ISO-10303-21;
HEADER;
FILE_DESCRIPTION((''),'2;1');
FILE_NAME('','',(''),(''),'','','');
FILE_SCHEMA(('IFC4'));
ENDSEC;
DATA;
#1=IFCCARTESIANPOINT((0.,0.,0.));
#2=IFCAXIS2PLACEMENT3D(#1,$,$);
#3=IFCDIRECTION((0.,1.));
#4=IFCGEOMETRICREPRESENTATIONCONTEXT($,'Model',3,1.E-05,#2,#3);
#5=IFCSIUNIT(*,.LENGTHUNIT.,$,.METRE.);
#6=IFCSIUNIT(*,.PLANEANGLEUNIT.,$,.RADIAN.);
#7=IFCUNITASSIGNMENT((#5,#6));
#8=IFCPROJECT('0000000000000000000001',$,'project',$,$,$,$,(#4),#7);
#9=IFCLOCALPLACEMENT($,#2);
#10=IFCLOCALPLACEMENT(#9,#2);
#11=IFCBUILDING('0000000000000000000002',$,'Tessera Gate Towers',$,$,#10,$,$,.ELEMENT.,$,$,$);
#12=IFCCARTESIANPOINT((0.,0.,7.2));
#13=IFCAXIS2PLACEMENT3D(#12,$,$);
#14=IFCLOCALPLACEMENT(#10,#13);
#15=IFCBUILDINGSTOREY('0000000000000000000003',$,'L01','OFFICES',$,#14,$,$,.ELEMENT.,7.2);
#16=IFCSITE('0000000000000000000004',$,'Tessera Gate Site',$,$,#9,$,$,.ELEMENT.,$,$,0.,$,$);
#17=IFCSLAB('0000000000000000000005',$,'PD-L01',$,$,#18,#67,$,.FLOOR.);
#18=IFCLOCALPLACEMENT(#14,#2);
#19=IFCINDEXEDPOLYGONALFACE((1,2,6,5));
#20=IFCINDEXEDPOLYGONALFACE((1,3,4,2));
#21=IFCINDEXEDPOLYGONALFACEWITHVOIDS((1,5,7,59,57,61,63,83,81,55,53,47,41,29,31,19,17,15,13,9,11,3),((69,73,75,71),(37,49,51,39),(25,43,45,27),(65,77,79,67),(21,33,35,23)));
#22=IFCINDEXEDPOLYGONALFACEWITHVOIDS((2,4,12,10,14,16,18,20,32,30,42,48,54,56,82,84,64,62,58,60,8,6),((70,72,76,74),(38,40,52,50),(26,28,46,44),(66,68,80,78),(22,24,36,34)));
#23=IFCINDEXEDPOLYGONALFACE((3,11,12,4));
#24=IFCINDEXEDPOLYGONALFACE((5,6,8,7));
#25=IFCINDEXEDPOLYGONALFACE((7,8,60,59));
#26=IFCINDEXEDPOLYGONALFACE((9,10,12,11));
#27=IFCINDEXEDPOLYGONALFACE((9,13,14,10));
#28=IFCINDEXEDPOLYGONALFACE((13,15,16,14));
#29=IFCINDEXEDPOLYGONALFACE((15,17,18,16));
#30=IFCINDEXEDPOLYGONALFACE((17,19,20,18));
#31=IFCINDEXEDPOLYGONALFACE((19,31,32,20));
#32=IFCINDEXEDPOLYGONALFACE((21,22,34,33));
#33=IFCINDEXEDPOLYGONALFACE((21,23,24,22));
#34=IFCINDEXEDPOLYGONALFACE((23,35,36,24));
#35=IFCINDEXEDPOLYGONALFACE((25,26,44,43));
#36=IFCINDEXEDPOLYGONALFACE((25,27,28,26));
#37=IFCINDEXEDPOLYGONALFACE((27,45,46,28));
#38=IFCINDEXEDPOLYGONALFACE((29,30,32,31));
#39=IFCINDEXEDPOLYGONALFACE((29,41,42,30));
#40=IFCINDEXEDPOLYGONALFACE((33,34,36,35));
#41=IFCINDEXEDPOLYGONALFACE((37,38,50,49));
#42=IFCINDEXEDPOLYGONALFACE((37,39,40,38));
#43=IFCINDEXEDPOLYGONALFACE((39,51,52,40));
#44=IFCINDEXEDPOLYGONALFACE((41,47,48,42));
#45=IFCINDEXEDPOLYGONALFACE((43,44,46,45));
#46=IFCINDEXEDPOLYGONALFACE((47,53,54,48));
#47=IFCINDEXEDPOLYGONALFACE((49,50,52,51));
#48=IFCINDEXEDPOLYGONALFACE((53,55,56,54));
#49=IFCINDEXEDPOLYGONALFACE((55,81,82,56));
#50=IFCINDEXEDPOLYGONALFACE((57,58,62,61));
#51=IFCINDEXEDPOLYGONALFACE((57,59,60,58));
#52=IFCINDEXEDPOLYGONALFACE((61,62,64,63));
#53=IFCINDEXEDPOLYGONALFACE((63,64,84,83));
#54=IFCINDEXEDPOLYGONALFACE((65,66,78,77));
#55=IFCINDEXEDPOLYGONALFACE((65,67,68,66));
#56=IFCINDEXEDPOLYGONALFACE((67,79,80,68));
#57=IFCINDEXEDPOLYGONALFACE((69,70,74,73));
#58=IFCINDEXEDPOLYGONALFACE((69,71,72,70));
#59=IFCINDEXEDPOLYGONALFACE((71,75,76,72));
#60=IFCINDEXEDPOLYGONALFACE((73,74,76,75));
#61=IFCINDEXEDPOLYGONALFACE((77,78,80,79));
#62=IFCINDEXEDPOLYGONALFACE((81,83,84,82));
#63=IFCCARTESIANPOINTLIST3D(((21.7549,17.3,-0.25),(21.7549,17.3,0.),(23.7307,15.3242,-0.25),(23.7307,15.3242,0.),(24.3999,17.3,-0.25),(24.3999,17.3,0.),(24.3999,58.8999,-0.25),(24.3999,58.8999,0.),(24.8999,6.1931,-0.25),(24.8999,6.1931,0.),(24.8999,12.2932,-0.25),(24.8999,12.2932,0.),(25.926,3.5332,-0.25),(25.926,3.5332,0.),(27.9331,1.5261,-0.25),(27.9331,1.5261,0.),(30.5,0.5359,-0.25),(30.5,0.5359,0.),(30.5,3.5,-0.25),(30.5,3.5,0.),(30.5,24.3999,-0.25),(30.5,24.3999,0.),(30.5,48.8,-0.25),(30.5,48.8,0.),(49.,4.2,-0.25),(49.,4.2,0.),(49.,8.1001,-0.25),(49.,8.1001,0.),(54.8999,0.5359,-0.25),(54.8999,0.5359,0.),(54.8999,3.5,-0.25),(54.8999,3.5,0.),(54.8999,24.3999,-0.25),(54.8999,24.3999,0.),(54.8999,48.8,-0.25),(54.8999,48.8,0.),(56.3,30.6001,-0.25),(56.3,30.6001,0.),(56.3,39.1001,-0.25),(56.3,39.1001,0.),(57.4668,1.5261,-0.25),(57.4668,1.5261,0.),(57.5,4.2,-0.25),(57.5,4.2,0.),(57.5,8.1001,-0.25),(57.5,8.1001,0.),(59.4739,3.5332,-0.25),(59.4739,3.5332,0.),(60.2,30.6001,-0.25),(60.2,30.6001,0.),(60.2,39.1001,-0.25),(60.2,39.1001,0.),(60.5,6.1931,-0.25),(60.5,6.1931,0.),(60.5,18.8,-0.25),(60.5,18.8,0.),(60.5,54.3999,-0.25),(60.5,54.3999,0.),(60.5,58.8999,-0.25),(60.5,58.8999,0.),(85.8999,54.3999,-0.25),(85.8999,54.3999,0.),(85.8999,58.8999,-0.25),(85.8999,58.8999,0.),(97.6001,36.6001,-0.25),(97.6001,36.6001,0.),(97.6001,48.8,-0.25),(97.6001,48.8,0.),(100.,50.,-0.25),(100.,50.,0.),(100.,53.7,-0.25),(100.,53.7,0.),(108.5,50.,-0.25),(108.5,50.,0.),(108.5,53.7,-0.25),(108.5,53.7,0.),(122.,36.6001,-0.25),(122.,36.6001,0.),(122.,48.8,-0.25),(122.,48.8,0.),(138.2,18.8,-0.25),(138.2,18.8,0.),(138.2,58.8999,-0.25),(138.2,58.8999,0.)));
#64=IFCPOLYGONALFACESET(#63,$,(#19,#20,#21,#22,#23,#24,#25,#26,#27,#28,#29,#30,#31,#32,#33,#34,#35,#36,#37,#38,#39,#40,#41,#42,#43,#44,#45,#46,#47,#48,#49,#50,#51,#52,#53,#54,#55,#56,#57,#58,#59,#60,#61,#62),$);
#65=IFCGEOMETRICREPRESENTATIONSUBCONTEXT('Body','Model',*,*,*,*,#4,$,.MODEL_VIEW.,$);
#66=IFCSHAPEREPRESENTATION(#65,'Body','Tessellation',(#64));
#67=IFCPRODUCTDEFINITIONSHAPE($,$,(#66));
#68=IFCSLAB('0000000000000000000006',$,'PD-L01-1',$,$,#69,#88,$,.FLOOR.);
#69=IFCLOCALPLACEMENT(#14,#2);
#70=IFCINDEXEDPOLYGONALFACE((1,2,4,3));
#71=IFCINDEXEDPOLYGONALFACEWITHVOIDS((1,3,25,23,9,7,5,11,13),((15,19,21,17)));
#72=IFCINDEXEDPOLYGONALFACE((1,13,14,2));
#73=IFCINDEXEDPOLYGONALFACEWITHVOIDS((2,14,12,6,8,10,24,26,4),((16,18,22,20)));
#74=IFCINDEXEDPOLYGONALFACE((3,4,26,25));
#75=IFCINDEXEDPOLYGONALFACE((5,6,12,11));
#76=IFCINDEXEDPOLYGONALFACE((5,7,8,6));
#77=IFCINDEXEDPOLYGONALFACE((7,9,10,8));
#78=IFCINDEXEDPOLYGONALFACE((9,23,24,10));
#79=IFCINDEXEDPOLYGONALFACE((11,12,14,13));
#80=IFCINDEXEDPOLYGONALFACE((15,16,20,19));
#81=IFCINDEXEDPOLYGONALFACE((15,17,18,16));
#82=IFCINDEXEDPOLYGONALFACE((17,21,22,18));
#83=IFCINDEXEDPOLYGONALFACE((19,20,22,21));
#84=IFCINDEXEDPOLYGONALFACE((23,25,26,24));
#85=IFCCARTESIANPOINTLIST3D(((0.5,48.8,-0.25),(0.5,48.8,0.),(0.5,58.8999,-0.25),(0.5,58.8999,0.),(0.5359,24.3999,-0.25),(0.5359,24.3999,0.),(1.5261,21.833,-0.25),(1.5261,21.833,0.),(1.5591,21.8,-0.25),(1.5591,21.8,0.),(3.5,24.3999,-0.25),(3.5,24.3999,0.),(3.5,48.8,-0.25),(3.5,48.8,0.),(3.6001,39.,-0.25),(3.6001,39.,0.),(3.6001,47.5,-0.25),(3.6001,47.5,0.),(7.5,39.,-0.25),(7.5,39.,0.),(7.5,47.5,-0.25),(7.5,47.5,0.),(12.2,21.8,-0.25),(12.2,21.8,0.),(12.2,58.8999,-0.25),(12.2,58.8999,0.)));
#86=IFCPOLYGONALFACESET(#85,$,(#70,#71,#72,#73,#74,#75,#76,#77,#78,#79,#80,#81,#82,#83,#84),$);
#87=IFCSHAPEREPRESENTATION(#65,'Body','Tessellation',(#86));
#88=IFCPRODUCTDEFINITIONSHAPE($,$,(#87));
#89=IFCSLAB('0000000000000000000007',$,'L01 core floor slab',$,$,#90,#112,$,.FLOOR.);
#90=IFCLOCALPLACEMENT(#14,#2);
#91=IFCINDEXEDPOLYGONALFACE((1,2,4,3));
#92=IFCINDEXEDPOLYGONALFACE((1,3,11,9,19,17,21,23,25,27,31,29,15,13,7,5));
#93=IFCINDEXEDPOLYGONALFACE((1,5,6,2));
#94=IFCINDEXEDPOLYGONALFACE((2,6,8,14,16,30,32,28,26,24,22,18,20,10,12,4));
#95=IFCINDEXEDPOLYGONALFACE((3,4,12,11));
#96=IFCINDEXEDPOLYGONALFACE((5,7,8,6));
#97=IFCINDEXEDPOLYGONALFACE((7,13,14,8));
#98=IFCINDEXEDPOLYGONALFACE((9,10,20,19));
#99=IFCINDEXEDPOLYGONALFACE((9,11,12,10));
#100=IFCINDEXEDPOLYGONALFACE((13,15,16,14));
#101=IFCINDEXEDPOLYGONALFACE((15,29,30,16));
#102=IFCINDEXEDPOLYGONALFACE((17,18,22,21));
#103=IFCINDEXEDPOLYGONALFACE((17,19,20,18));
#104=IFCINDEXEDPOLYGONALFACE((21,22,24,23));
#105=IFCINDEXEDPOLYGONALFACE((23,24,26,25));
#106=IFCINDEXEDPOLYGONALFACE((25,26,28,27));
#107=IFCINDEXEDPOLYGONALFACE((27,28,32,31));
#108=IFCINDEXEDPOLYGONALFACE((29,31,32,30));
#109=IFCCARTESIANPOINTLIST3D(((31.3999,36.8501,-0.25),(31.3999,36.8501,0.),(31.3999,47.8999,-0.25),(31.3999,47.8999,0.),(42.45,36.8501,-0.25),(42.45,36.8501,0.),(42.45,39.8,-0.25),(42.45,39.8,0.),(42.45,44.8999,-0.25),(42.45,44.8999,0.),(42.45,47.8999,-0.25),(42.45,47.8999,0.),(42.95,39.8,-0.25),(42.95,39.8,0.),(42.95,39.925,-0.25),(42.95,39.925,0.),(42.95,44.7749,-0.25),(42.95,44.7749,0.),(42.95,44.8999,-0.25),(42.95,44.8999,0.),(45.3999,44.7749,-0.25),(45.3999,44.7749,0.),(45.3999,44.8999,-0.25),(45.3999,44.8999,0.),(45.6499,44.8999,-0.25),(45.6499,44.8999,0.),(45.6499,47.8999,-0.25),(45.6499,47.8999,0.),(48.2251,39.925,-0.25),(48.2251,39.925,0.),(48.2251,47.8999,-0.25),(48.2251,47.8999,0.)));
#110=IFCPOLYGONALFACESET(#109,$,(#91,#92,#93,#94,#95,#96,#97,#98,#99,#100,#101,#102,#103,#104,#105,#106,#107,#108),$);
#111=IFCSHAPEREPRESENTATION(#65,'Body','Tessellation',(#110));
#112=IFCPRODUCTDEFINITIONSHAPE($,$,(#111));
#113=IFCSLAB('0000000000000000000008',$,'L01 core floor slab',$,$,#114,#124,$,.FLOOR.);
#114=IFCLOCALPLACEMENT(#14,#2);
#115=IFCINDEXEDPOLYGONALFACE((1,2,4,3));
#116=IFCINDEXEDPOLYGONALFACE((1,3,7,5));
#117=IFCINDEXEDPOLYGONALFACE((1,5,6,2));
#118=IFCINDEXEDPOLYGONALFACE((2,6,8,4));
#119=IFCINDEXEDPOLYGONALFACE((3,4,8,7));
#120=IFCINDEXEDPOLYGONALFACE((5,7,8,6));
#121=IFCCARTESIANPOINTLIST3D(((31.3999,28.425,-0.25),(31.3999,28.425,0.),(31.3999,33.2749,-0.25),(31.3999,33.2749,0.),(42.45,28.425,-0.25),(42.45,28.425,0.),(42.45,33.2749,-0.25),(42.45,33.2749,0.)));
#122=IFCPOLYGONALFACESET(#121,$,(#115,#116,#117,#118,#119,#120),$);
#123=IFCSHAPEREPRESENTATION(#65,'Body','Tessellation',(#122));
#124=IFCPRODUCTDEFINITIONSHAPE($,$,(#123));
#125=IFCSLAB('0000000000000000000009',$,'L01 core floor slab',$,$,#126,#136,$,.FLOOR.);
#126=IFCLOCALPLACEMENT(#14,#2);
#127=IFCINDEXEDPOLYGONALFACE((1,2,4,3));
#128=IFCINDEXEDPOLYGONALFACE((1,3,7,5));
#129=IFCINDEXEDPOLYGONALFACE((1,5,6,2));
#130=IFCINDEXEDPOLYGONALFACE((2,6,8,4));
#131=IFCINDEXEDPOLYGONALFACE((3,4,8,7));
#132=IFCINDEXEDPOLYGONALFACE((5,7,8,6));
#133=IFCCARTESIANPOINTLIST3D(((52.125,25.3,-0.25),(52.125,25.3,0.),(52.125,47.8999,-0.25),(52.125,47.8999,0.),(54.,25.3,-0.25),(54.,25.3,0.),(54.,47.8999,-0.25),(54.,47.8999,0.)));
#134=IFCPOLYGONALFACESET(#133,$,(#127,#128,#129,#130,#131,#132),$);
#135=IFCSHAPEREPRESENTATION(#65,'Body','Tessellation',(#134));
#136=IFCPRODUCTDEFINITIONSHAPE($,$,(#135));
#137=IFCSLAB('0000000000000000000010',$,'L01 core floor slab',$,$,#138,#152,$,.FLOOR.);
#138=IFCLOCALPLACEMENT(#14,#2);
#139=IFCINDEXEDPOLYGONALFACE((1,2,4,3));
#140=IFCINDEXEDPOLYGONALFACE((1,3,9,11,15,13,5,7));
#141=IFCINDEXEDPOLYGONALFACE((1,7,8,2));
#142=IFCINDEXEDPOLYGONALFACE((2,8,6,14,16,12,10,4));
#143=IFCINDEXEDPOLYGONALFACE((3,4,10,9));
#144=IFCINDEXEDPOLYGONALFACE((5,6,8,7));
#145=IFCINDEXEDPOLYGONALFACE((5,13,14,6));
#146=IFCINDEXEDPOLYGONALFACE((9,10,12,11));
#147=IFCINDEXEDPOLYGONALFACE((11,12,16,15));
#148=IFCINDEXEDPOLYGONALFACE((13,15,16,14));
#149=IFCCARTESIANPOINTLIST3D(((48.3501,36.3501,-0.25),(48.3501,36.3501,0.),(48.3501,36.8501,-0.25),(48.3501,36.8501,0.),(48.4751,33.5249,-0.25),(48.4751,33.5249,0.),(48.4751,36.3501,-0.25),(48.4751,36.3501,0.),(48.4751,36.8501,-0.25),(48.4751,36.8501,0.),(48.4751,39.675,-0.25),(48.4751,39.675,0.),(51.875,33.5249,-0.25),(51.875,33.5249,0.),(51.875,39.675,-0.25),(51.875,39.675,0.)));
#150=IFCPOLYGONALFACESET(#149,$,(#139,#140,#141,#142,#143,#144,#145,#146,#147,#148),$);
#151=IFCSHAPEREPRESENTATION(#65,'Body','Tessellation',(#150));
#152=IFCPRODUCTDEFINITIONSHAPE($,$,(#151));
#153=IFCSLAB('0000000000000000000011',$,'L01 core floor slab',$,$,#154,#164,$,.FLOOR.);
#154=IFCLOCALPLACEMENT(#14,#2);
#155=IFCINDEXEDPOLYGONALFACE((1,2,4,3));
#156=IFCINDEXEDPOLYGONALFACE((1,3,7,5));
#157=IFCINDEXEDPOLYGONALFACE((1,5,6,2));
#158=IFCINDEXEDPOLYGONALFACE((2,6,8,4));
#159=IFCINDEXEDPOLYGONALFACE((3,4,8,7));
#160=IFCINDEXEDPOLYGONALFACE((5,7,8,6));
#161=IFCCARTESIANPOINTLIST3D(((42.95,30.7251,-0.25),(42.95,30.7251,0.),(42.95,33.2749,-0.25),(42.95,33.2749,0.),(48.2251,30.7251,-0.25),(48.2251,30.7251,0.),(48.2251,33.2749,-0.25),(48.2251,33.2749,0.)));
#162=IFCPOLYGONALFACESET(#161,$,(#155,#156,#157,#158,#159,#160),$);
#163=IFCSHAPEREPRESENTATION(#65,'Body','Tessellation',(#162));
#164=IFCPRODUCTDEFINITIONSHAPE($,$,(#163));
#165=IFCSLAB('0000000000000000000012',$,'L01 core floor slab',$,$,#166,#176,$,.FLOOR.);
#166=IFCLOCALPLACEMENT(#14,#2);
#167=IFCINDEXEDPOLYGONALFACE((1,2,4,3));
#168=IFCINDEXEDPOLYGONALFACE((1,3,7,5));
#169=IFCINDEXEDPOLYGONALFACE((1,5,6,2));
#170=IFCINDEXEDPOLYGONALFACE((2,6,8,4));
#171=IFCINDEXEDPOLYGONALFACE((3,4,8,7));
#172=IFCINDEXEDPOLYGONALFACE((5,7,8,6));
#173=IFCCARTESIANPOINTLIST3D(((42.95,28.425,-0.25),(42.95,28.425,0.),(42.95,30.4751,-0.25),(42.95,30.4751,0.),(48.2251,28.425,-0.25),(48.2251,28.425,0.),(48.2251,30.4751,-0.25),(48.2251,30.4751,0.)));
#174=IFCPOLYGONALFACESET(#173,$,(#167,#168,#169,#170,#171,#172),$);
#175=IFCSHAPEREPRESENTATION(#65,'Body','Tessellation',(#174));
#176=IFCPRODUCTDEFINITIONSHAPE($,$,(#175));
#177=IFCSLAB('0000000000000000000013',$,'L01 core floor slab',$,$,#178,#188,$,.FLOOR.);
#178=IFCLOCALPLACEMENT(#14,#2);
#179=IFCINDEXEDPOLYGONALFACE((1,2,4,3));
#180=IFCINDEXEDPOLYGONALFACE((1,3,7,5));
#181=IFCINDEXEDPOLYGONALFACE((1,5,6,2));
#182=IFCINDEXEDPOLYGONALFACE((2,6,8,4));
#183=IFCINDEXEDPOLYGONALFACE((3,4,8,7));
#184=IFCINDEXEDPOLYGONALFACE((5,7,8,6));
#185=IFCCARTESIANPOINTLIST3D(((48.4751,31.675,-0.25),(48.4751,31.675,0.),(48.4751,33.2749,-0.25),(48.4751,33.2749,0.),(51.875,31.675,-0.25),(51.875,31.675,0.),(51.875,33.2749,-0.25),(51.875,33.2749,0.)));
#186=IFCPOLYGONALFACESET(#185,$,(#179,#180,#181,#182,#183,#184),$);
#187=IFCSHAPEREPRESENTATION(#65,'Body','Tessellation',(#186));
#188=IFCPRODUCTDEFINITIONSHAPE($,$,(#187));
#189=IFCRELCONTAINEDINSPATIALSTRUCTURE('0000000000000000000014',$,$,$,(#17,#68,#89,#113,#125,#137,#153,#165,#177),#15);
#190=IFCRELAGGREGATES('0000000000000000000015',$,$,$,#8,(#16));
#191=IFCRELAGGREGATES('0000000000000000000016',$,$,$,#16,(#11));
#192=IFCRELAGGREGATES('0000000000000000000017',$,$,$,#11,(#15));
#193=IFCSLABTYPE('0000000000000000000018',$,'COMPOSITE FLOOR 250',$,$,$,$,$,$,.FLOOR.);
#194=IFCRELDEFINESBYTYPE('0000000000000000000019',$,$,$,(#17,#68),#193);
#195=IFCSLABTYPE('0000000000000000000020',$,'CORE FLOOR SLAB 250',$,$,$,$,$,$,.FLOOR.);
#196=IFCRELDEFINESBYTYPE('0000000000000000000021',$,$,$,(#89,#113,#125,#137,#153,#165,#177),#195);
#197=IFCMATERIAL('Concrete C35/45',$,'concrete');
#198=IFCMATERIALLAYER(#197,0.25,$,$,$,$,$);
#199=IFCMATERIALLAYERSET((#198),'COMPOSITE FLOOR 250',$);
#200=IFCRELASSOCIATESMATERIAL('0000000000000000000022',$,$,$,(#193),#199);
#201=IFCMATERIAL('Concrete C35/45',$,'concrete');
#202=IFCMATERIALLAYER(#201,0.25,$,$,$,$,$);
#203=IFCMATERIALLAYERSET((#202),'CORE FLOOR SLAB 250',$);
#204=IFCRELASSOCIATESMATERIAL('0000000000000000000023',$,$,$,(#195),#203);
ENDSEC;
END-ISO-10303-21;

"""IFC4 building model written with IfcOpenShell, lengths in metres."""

from ifc_helpers import new_model, si_unit, direction, frame, origin, place, context, subcontext, project, spatial, polyline, outline, extrude, material, layer, layer_set, type_object, element, save


model = new_model("IFC4")

# Units and contexts
model_context = context("Model", 3, precision=1e-05, world=origin(), true_north=direction((0.0, 1.0)))
body_context = subcontext(model_context, "Body", "Model", "MODEL_VIEW")
ifc_project = project(units=[si_unit("LENGTHUNIT", "METRE"), si_unit("PLANEANGLEUNIT", "RADIAN")], contexts=[model_context])

# Site, building, storey
site_placement = place(None, origin())
site = spatial("IfcSite", under=ifc_project, at=site_placement, Name="Tessera Gate Site", CompositionType="ELEMENT", RefElevation=0.0)
building_placement = place(site_placement, origin())
building = spatial("IfcBuilding", under=site, at=building_placement, Name="Tessera Gate Towers", CompositionType="ELEMENT")
storey_placement = place(building_placement, frame((0.0, 0.0, 7.2)))
storey = spatial("IfcBuildingStorey", under=building, at=storey_placement, Name="L01", Description="OFFICES", CompositionType="ELEMENT", Elevation=7.2)

# Slabs
ifc_material_1 = material(Name="Concrete C35/45", Category="concrete")
ifc_layer_1 = layer(ifc_material_1, 0.25)
ifc_layer_set_1 = layer_set([ifc_layer_1], Name="COMPOSITE FLOOR 250")
slab_type_1 = type_object("IfcSlabType", Name="COMPOSITE FLOOR 250", PredefinedType="FLOOR", material=ifc_layer_set_1)
slab_1_placement = place(storey_placement, frame((0.0, 0.0, -0.25)))
element("IfcSlab", 1, at=slab_1_placement, inside=storey, type_object=slab_type_1, Name="PD-L01", PredefinedType="FLOOR", context=body_context, shape_type="SweptSolid", body=[
    extrude(outline(polyline([(21.7549, 17.3), (23.7307, 15.3242), (24.8999, 12.2932), (24.8999, 6.1931), (25.926, 3.5332), (27.9331, 1.5261), (30.5, 0.5359), (30.5, 3.5), (54.8999, 3.5), (54.8999, 0.5359), (57.4668, 1.5261), (59.4739, 3.5332), (60.5, 6.1931), (60.5, 18.8), (138.2, 18.8), (138.2, 58.8999), (85.8999, 58.8999), (85.8999, 54.3999), (60.5, 54.3999), (60.5, 58.8999), (24.3999, 58.8999), (24.3999, 17.3), (21.7549, 17.3)]), holes=[polyline([(30.5, 24.3999), (30.5, 48.8), (54.8999, 48.8), (54.8999, 24.3999), (30.5, 24.3999)]), polyline([(49.0, 4.2), (49.0, 8.1001), (57.5, 8.1001), (57.5, 4.2), (49.0, 4.2)]), polyline([(56.3, 30.6001), (56.3, 39.1001), (60.2, 39.1001), (60.2, 30.6001), (56.3, 30.6001)]), polyline([(97.6001, 36.6001), (97.6001, 48.8), (122.0, 48.8), (122.0, 36.6001), (97.6001, 36.6001)]), polyline([(100.0, 50.0), (100.0, 53.7), (108.5, 53.7), (108.5, 50.0), (100.0, 50.0)])]), origin(), (0.0, 0.0, 1.0), 0.25),
])
slab_2_placement = place(storey_placement, frame((0.0, 0.0, -0.25)))
element("IfcSlab", 2, at=slab_2_placement, inside=storey, type_object=slab_type_1, Name="PD-L01-1", PredefinedType="FLOOR", context=body_context, shape_type="SweptSolid", body=[
    extrude(outline(polyline([(0.5, 48.8), (3.5, 48.8), (3.5, 24.3999), (0.5359, 24.3999), (1.5261, 21.833), (1.5591, 21.8), (12.2, 21.8), (12.2, 58.8999), (0.5, 58.8999), (0.5, 48.8)]), holes=[polyline([(3.6001, 39.0), (3.6001, 47.5), (7.5, 47.5), (7.5, 39.0), (3.6001, 39.0)])]), origin(), (0.0, 0.0, 1.0), 0.25),
])
ifc_material_2 = material(Name="Concrete C35/45", Category="concrete")
ifc_layer_2 = layer(ifc_material_2, 0.25)
ifc_layer_set_2 = layer_set([ifc_layer_2], Name="CORE FLOOR SLAB 250")
slab_type_2 = type_object("IfcSlabType", Name="CORE FLOOR SLAB 250", PredefinedType="FLOOR", material=ifc_layer_set_2)
slab_3_placement = place(storey_placement, frame((0.0, 0.0, -0.25)))
element("IfcSlab", 3, at=slab_3_placement, inside=storey, type_object=slab_type_2, Name="L01 core floor slab", PredefinedType="FLOOR", context=body_context, shape_type="SweptSolid", body=[
    extrude(outline(polyline([(31.3999, 47.8999), (31.3999, 36.8501), (42.45, 36.8501), (42.45, 39.8), (42.95, 39.8), (42.95, 39.925), (48.2251, 39.925), (48.2251, 47.8999), (45.6499, 47.8999), (45.6499, 44.8999), (45.3999, 44.8999), (45.3999, 44.7749), (42.95, 44.7749), (42.95, 44.8999), (42.45, 44.8999), (42.45, 47.8999), (31.3999, 47.8999)])), origin(), (0.0, 0.0, 1.0), 0.25),
])
slab_4_placement = place(storey_placement, frame((0.0, 0.0, -0.25)))
element("IfcSlab", 4, at=slab_4_placement, inside=storey, type_object=slab_type_2, Name="L01 core floor slab", PredefinedType="FLOOR", context=body_context, shape_type="SweptSolid", body=[
    extrude(outline(polyline([(42.45, 28.425), (42.45, 33.2749), (31.3999, 33.2749), (31.3999, 28.425), (42.45, 28.425)])), origin(), (0.0, 0.0, 1.0), 0.25),
])
slab_5_placement = place(storey_placement, frame((0.0, 0.0, -0.25)))
element("IfcSlab", 5, at=slab_5_placement, inside=storey, type_object=slab_type_2, Name="L01 core floor slab", PredefinedType="FLOOR", context=body_context, shape_type="SweptSolid", body=[
    extrude(outline(polyline([(52.125, 25.3), (54.0, 25.3), (54.0, 47.8999), (52.125, 47.8999), (52.125, 25.3)])), origin(), (0.0, 0.0, 1.0), 0.25),
])
slab_6_placement = place(storey_placement, frame((0.0, 0.0, -0.25)))
element("IfcSlab", 6, at=slab_6_placement, inside=storey, type_object=slab_type_2, Name="L01 core floor slab", PredefinedType="FLOOR", context=body_context, shape_type="SweptSolid", body=[
    extrude(outline(polyline([(48.3501, 36.8501), (48.3501, 36.3501), (48.4751, 36.3501), (48.4751, 33.5249), (51.875, 33.5249), (51.875, 39.675), (48.4751, 39.675), (48.4751, 36.8501), (48.3501, 36.8501)])), origin(), (0.0, 0.0, 1.0), 0.25),
])
slab_7_placement = place(storey_placement, frame((0.0, 0.0, -0.25)))
element("IfcSlab", 7, at=slab_7_placement, inside=storey, type_object=slab_type_2, Name="L01 core floor slab", PredefinedType="FLOOR", context=body_context, shape_type="SweptSolid", body=[
    extrude(outline(polyline([(42.95, 33.2749), (42.95, 30.7251), (48.2251, 30.7251), (48.2251, 33.2749), (42.95, 33.2749)])), origin(), (0.0, 0.0, 1.0), 0.25),
])
slab_8_placement = place(storey_placement, frame((0.0, 0.0, -0.25)))
element("IfcSlab", 8, at=slab_8_placement, inside=storey, type_object=slab_type_2, Name="L01 core floor slab", PredefinedType="FLOOR", context=body_context, shape_type="SweptSolid", body=[
    extrude(outline(polyline([(42.95, 30.4751), (42.95, 28.425), (48.2251, 28.425), (48.2251, 30.4751), (42.95, 30.4751)])), origin(), (0.0, 0.0, 1.0), 0.25),
])
slab_9_placement = place(storey_placement, frame((0.0, 0.0, -0.25)))
element("IfcSlab", 9, at=slab_9_placement, inside=storey, type_object=slab_type_2, Name="L01 core floor slab", PredefinedType="FLOOR", context=body_context, shape_type="SweptSolid", body=[
    extrude(outline(polyline([(51.875, 31.675), (51.875, 33.2749), (48.4751, 33.2749), (48.4751, 31.675), (51.875, 31.675)])), origin(), (0.0, 0.0, 1.0), 0.25),
])

save(model, "model.ifc")
